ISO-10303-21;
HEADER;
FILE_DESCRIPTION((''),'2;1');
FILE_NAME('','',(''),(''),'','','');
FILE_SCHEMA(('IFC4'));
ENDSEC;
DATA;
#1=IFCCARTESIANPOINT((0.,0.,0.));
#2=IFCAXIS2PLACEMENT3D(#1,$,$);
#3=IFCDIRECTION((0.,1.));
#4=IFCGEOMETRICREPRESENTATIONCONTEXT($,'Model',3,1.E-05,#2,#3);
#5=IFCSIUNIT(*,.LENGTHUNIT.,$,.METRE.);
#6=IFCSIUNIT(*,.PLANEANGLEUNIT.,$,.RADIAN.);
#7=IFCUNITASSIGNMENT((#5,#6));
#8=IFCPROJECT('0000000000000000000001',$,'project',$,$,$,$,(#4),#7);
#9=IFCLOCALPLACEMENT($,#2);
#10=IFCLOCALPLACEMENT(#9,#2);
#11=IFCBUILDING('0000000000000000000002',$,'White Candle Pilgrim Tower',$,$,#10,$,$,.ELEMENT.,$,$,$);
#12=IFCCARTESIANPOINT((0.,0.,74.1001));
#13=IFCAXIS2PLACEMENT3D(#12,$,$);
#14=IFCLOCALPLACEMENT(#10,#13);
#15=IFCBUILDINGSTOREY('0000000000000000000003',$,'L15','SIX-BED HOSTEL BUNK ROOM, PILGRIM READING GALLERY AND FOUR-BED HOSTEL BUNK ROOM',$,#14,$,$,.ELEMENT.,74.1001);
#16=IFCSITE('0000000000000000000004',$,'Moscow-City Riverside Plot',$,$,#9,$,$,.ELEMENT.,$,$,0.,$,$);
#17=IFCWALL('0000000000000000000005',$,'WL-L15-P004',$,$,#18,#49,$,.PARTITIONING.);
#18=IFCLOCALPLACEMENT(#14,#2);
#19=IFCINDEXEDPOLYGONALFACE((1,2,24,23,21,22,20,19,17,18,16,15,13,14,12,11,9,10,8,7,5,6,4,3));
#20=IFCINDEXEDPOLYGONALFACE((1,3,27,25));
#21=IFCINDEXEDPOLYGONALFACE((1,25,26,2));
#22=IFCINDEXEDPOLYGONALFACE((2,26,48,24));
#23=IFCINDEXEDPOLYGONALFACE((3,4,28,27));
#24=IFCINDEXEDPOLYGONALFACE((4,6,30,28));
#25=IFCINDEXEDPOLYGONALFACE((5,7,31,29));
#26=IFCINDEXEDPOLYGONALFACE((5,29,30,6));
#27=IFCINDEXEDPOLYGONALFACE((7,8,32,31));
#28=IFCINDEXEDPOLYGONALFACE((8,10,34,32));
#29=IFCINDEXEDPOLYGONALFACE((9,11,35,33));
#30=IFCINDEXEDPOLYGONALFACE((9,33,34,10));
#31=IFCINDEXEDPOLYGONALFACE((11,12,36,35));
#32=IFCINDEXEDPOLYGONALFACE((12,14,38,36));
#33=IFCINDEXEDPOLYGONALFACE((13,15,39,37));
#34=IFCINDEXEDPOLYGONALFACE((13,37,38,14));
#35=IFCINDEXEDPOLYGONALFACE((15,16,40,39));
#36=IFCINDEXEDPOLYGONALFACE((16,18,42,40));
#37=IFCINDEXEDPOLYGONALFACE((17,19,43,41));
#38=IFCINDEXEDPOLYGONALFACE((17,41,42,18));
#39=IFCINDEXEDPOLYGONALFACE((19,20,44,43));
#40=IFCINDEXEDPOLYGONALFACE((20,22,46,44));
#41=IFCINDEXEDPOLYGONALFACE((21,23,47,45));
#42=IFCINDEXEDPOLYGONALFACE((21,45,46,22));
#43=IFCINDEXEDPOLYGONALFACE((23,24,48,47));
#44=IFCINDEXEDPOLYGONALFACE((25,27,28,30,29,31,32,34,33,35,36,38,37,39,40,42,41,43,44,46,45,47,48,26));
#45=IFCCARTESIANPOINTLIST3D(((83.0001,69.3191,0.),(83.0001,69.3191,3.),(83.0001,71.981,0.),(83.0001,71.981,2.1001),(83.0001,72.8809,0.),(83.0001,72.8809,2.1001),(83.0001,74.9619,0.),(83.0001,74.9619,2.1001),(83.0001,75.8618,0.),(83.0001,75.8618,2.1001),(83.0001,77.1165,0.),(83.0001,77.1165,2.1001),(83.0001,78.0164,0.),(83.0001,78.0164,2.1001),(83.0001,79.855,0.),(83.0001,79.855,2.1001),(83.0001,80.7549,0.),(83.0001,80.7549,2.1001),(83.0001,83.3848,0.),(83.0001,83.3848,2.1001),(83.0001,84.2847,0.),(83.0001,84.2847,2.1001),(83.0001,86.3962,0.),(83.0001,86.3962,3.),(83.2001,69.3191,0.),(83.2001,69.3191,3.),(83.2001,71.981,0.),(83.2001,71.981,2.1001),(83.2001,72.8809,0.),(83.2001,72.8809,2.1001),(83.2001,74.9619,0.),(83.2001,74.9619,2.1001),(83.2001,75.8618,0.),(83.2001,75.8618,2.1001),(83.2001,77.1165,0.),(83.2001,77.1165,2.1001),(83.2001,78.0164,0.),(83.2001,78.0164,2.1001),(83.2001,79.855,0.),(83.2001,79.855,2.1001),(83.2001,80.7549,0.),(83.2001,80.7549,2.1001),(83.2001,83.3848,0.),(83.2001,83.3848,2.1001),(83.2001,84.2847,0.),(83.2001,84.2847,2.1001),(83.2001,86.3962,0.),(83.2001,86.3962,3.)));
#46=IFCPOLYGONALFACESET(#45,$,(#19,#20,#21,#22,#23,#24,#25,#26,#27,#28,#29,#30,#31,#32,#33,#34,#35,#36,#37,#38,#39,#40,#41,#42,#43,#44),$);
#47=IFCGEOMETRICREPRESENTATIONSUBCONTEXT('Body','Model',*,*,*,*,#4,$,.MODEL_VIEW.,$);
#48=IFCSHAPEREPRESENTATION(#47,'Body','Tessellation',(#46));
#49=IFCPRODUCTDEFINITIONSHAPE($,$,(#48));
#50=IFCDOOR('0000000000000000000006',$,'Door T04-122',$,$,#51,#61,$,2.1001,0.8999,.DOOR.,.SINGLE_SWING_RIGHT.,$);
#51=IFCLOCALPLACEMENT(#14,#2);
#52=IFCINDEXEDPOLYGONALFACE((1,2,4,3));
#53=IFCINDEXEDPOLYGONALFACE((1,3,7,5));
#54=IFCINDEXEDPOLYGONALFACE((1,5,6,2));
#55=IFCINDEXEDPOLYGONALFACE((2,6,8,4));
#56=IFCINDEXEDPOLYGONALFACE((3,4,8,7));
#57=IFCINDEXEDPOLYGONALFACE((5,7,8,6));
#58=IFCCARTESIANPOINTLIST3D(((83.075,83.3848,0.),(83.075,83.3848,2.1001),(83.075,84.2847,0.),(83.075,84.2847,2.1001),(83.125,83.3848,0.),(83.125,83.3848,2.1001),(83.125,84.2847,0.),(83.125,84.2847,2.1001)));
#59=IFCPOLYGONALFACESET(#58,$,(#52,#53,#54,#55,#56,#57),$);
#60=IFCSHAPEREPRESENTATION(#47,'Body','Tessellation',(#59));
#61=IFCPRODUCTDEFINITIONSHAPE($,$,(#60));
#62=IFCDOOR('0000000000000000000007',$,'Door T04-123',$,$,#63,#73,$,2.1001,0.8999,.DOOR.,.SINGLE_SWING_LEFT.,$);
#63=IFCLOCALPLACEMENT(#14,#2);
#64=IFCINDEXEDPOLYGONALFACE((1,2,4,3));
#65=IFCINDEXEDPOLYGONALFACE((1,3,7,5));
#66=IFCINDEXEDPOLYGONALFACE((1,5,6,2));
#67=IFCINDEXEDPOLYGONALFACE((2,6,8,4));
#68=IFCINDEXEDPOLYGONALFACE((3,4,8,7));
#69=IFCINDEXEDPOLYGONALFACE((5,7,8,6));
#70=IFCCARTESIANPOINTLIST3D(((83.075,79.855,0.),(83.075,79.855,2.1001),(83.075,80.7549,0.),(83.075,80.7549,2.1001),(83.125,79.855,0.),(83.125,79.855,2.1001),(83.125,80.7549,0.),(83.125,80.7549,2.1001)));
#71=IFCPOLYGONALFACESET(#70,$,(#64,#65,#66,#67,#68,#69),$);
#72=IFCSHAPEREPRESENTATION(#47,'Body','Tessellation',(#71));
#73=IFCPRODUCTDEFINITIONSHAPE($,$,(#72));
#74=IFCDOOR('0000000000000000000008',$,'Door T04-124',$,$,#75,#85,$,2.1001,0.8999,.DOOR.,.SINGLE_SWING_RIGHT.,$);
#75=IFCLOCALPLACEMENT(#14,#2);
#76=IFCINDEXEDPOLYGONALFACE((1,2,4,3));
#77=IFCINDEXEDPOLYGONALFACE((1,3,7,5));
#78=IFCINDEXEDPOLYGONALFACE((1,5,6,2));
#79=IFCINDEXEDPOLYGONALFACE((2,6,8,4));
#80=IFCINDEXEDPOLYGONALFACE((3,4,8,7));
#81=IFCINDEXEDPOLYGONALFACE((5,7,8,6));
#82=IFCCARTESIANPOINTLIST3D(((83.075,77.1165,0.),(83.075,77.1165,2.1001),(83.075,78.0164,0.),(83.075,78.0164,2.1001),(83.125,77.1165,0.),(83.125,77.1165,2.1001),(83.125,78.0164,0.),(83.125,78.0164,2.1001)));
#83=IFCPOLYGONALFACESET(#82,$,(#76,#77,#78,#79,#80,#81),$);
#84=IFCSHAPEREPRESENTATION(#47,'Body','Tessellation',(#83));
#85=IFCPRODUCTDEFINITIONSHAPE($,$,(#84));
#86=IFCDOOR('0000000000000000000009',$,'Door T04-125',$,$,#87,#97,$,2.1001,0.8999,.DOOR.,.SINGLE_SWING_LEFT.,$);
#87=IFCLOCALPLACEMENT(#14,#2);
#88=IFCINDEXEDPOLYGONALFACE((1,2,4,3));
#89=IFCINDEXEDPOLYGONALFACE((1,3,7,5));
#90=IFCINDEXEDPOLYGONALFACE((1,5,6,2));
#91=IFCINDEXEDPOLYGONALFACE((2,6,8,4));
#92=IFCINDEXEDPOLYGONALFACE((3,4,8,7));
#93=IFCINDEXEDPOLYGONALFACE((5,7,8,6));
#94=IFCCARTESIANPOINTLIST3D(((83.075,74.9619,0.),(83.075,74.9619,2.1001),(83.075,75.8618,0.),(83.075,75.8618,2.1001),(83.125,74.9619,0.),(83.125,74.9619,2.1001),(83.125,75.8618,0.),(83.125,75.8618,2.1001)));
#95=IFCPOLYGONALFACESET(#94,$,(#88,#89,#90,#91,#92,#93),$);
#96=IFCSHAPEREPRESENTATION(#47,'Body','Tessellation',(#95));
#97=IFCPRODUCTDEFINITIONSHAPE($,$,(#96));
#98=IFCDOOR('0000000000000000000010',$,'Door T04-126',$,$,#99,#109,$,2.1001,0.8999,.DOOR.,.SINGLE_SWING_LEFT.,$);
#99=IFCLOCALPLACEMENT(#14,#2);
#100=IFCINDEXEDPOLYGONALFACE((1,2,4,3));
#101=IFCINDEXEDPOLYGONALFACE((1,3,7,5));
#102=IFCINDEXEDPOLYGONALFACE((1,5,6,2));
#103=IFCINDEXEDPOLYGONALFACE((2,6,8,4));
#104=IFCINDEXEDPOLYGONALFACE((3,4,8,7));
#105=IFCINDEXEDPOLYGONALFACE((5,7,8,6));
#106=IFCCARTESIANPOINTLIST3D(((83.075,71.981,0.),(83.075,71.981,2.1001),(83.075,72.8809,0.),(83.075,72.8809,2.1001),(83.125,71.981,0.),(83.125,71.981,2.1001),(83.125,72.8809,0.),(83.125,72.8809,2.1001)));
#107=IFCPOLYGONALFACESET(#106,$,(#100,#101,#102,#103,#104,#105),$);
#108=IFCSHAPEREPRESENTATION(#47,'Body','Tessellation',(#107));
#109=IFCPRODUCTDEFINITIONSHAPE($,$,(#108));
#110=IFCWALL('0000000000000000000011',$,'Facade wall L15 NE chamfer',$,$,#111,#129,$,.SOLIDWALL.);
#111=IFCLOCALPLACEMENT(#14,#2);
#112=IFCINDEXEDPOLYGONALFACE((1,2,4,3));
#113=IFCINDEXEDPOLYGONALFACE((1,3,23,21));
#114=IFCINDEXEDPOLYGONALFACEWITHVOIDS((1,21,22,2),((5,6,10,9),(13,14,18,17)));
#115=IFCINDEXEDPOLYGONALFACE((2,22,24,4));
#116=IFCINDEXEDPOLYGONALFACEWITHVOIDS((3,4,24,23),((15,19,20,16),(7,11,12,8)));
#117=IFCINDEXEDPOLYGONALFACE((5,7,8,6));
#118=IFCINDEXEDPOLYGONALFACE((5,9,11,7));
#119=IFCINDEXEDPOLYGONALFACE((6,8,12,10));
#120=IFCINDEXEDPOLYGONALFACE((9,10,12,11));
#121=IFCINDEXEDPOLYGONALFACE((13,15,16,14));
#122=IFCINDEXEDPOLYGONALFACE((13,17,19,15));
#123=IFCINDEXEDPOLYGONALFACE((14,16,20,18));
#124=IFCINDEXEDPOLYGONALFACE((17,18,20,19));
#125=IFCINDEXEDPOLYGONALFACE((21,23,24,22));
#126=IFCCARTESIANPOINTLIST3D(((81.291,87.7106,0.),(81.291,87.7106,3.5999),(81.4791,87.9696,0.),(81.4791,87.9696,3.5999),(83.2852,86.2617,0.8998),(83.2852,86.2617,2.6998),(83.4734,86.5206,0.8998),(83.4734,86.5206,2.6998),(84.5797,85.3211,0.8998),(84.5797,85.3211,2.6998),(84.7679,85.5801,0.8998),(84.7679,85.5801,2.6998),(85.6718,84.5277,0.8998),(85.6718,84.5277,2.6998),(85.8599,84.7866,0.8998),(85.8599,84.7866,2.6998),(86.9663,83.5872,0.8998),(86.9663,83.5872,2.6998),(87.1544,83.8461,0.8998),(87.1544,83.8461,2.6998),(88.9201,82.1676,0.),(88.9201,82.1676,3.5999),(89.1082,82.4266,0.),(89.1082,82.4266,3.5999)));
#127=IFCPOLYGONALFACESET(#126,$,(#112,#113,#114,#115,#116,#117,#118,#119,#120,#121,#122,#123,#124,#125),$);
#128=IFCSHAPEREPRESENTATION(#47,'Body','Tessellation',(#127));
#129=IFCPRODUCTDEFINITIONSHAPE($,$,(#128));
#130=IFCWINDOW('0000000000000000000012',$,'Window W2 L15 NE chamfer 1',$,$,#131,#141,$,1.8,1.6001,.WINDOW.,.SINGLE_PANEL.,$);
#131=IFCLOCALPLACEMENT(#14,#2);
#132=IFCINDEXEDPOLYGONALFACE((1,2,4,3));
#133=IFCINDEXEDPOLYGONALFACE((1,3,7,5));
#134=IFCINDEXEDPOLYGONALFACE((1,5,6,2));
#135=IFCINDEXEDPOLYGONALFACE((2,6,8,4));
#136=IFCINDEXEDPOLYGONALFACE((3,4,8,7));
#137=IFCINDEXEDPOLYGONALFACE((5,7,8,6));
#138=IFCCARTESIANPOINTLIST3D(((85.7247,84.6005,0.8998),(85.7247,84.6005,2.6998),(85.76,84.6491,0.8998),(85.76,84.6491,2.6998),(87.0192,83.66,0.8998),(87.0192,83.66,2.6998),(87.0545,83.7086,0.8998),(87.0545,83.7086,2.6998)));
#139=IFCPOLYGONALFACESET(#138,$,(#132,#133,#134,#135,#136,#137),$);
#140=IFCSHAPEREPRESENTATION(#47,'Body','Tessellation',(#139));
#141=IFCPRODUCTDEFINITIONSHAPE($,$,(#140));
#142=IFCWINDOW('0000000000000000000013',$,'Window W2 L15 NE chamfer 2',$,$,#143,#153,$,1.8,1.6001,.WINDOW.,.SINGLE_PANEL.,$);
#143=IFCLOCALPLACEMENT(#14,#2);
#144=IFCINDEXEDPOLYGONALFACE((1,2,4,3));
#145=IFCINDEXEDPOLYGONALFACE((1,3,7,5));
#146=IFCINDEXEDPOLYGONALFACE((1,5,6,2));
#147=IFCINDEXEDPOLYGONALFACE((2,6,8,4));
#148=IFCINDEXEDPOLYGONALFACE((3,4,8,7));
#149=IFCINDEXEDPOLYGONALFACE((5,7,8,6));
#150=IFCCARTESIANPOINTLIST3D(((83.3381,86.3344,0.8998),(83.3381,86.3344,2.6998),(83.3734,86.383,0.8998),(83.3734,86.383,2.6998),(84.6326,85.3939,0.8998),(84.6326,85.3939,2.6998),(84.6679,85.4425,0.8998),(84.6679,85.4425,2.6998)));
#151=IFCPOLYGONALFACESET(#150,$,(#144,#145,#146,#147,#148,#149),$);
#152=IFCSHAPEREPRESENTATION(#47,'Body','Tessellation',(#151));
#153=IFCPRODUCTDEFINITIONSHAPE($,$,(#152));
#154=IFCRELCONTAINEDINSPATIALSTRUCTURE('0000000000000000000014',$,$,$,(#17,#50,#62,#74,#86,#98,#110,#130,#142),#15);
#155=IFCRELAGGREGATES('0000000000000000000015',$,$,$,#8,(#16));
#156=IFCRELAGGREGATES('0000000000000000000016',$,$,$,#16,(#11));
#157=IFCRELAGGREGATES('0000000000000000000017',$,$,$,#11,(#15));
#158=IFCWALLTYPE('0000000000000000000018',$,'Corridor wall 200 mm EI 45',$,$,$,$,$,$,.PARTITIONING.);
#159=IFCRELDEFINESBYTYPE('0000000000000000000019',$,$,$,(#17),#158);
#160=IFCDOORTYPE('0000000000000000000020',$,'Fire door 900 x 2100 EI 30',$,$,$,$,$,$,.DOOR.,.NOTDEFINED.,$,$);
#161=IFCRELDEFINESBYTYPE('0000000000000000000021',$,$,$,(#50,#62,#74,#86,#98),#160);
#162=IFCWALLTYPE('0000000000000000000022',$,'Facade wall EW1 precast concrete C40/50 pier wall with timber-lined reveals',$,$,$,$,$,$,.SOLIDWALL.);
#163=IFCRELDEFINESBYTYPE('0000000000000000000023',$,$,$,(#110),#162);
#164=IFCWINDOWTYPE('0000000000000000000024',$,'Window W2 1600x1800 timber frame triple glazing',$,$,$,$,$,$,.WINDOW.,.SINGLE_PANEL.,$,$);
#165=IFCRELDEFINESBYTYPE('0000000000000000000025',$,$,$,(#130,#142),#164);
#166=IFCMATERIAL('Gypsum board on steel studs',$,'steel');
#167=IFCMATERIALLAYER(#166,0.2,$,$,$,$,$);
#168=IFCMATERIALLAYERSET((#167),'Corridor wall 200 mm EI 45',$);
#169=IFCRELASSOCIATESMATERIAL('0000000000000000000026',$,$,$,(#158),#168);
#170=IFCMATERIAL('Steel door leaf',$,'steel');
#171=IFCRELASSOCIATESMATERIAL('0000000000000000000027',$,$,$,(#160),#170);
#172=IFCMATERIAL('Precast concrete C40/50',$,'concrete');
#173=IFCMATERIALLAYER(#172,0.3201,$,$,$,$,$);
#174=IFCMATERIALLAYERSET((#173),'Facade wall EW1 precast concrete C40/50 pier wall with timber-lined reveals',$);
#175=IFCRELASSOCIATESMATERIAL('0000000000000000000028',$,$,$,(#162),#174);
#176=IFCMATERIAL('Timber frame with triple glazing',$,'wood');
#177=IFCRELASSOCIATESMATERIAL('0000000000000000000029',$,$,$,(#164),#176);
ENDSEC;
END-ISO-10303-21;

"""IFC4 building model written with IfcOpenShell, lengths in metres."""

from ifc_helpers import new_model, si_unit, direction, frame, frame_2d, origin, place, context, subcontext, project, spatial, rectangle, extrude, material, layer, layer_set, type_object, element, fill, save


model = new_model("IFC4")

# Units and contexts
model_context = context("Model", 3, precision=1e-05, world=origin(), true_north=direction((0.0, 1.0)))
body_context = subcontext(model_context, "Body", "Model", "MODEL_VIEW")
ifc_project = project(units=[si_unit("LENGTHUNIT", "METRE"), si_unit("PLANEANGLEUNIT", "RADIAN")], contexts=[model_context])

# Site, building, storey
site_placement = place(None, origin())
site = spatial("IfcSite", under=ifc_project, at=site_placement, Name="Moscow-City Riverside Plot", CompositionType="ELEMENT", RefElevation=0.0)
building_placement = place(site_placement, origin())
building = spatial("IfcBuilding", under=site, at=building_placement, Name="White Candle Pilgrim Tower", CompositionType="ELEMENT")
storey_placement = place(building_placement, frame((0.0, 0.0, 74.1001)))
storey = spatial("IfcBuildingStorey", under=building, at=storey_placement, Name="L15", Description="SIX-BED HOSTEL BUNK ROOM, PILGRIM READING GALLERY AND FOUR-BED HOSTEL BUNK ROOM", CompositionType="ELEMENT", Elevation=74.1001)

# Shared definitions
ifc_material_1 = material(Name="Steel door leaf", Category="steel")

# Wall, openings, doors
ifc_material_2 = material(Name="Gypsum board on steel studs", Category="steel")
ifc_layer_1 = layer(ifc_material_2, 0.2)
ifc_layer_set_1 = layer_set([ifc_layer_1], Name="Corridor wall 200 mm EI 45")
wall_type_1 = type_object("IfcWallType", Name="Corridor wall 200 mm EI 45", PredefinedType="PARTITIONING", material=ifc_layer_set_1)
wall_1_placement = place(storey_placement, frame((83.1001, 86.3962, 0.0), z_axis=(0.0, 0.0, 1.0), x_axis=(0.0, -1.0, 0.0)))
wall_1 = element("IfcWall", 1, at=wall_1_placement, inside=storey, type_object=wall_type_1, Name="WL-L15-P004", PredefinedType="PARTITIONING", context=body_context, shape_type="SweptSolid", body=[
    extrude(rectangle(XDim=17.0771, YDim=0.2, at=frame_2d((8.5386, 0.0))), origin(), (0.0, 0.0, 1.0), 3.0),
])
opening_1_placement = place(wall_1_placement, frame((2.1116, 0.0, 0.0)))
opening_1 = element("IfcOpeningElement", 2, at=opening_1_placement, cuts=wall_1, PredefinedType="OPENING", context=body_context, shape_type="SweptSolid", body=[
    extrude(rectangle(XDim=0.8999, YDim=2.1001, at=frame_2d((0.45, 1.05))), frame((0.0, 0.1099, 0.0), z_axis=(0.0, -1.0, 0.0), x_axis=(1.0, 0.0, 0.0)), (0.0, 0.0, 1.0), 0.22),
])
opening_2_placement = place(wall_1_placement, frame((5.6414, 0.0, 0.0)))
opening_2 = element("IfcOpeningElement", 3, at=opening_2_placement, cuts=wall_1, PredefinedType="OPENING", context=body_context, shape_type="SweptSolid", body=[
    extrude(rectangle(XDim=0.8999, YDim=2.1001, at=frame_2d((0.45, 1.05))), frame((0.0, 0.1099, 0.0), z_axis=(0.0, -1.0, 0.0), x_axis=(1.0, 0.0, 0.0)), (0.0, 0.0, 1.0), 0.22),
])
opening_3_placement = place(wall_1_placement, frame((8.3799, 0.0, 0.0)))
opening_3 = element("IfcOpeningElement", 4, at=opening_3_placement, cuts=wall_1, PredefinedType="OPENING", context=body_context, shape_type="SweptSolid", body=[
    extrude(rectangle(XDim=0.8999, YDim=2.1001, at=frame_2d((0.45, 1.05))), frame((0.0, 0.1099, 0.0), z_axis=(0.0, -1.0, 0.0), x_axis=(1.0, 0.0, 0.0)), (0.0, 0.0, 1.0), 0.22),
])
opening_4_placement = place(wall_1_placement, frame((10.5344, 0.0, 0.0)))
opening_4 = element("IfcOpeningElement", 5, at=opening_4_placement, cuts=wall_1, PredefinedType="OPENING", context=body_context, shape_type="SweptSolid", body=[
    extrude(rectangle(XDim=0.8999, YDim=2.1001, at=frame_2d((0.45, 1.05))), frame((0.0, 0.1099, 0.0), z_axis=(0.0, -1.0, 0.0), x_axis=(1.0, 0.0, 0.0)), (0.0, 0.0, 1.0), 0.22),
])
opening_5_placement = place(wall_1_placement, frame((13.5154, 0.0, 0.0)))
opening_5 = element("IfcOpeningElement", 6, at=opening_5_placement, cuts=wall_1, PredefinedType="OPENING", context=body_context, shape_type="SweptSolid", body=[
    extrude(rectangle(XDim=0.8999, YDim=2.1001, at=frame_2d((0.45, 1.05))), frame((0.0, 0.1099, 0.0), z_axis=(0.0, -1.0, 0.0), x_axis=(1.0, 0.0, 0.0)), (0.0, 0.0, 1.0), 0.22),
])
door_type_1 = type_object("IfcDoorType", Name="Fire door 900 x 2100 EI 30", OperationType="NOTDEFINED", PredefinedType="DOOR", material=ifc_material_1)
door_1_placement = place(opening_1_placement, origin())
door_1 = element("IfcDoor", 7, at=door_1_placement, inside=storey, type_object=door_type_1, Name="Door T04-122", OperationType="SINGLE_SWING_RIGHT", OverallHeight=2.1001, OverallWidth=0.8999, PredefinedType="DOOR", context=body_context, shape_type="SweptSolid", body=[
    extrude(rectangle(XDim=0.8999, YDim=2.1001, at=frame_2d((0.45, 1.05))), frame((0.0, 0.0249, 0.0), z_axis=(0.0, -1.0, 0.0), x_axis=(1.0, 0.0, 0.0)), (0.0, 0.0, 1.0), 0.05),
])
fill(opening_1, door_1)
door_2_placement = place(opening_2_placement, origin())
door_2 = element("IfcDoor", 8, at=door_2_placement, inside=storey, type_object=door_type_1, Name="Door T04-123", OperationType="SINGLE_SWING_LEFT", OverallHeight=2.1001, OverallWidth=0.8999, PredefinedType="DOOR", context=body_context, shape_type="SweptSolid", body=[
    extrude(rectangle(XDim=0.8999, YDim=2.1001, at=frame_2d((0.45, 1.05))), frame((0.0, 0.0249, 0.0), z_axis=(0.0, -1.0, 0.0), x_axis=(1.0, 0.0, 0.0)), (0.0, 0.0, 1.0), 0.05),
])
fill(opening_2, door_2)
door_3_placement = place(opening_3_placement, origin())
door_3 = element("IfcDoor", 9, at=door_3_placement, inside=storey, type_object=door_type_1, Name="Door T04-124", OperationType="SINGLE_SWING_RIGHT", OverallHeight=2.1001, OverallWidth=0.8999, PredefinedType="DOOR", context=body_context, shape_type="SweptSolid", body=[
    extrude(rectangle(XDim=0.8999, YDim=2.1001, at=frame_2d((0.45, 1.05))), frame((0.0, 0.0249, 0.0), z_axis=(0.0, -1.0, 0.0), x_axis=(1.0, 0.0, 0.0)), (0.0, 0.0, 1.0), 0.05),
])
fill(opening_3, door_3)
door_4_placement = place(opening_4_placement, origin())
door_4 = element("IfcDoor", 10, at=door_4_placement, inside=storey, type_object=door_type_1, Name="Door T04-125", OperationType="SINGLE_SWING_LEFT", OverallHeight=2.1001, OverallWidth=0.8999, PredefinedType="DOOR", context=body_context, shape_type="SweptSolid", body=[
    extrude(rectangle(XDim=0.8999, YDim=2.1001, at=frame_2d((0.45, 1.05))), frame((0.0, 0.0249, 0.0), z_axis=(0.0, -1.0, 0.0), x_axis=(1.0, 0.0, 0.0)), (0.0, 0.0, 1.0), 0.05),
])
fill(opening_4, door_4)
door_5_placement = place(opening_5_placement, origin())
door_5 = element("IfcDoor", 11, at=door_5_placement, inside=storey, type_object=door_type_1, Name="Door T04-126", OperationType="SINGLE_SWING_LEFT", OverallHeight=2.1001, OverallWidth=0.8999, PredefinedType="DOOR", context=body_context, shape_type="SweptSolid", body=[
    extrude(rectangle(XDim=0.8999, YDim=2.1001, at=frame_2d((0.45, 1.05))), frame((0.0, 0.0249, 0.0), z_axis=(0.0, -1.0, 0.0), x_axis=(1.0, 0.0, 0.0)), (0.0, 0.0, 1.0), 0.05),
])
fill(opening_5, door_5)

# Wall, openings, windows
ifc_material_3 = material(Name="Precast concrete C40/50", Category="concrete")
ifc_layer_2 = layer(ifc_material_3, 0.3201)
ifc_layer_set_2 = layer_set([ifc_layer_2], Name="Facade wall EW1 precast concrete C40/50 pier wall with timber-lined reveals")
wall_type_2 = type_object("IfcWallType", Name="Facade wall EW1 precast concrete C40/50 pier wall with timber-lined reveals", PredefinedType="SOLIDWALL", material=ifc_layer_set_2)
wall_2_placement = place(storey_placement, frame((89.0142, 82.2971, 0.0), z_axis=(0.0, 0.0, 1.0), x_axis=(-0.809014, 0.58779, 0.0)))
wall_2 = element("IfcWall", 12, at=wall_2_placement, inside=storey, type_object=wall_type_2, Name="Facade wall L15 NE chamfer", PredefinedType="SOLIDWALL", context=body_context, shape_type="SweptSolid", body=[
    extrude(rectangle(XDim=9.4302, YDim=0.3201, at=frame_2d((4.7151, 0.0))), origin(), (0.0, 0.0, 1.0), 3.5999),
])
opening_6_placement = place(wall_2_placement, frame((2.415, 0.0, 0.8999)))
opening_6 = element("IfcOpeningElement", 13, at=opening_6_placement, cuts=wall_2, PredefinedType="OPENING", context=body_context, shape_type="SweptSolid", body=[
    extrude(rectangle(XDim=1.6001, YDim=1.8, at=frame_2d((0.8, 0.8999))), frame((0.0, 0.1699, 0.0), z_axis=(0.0, -1.0, 0.0), x_axis=(1.0, 0.0, 0.0)), (0.0, 0.0, 1.0), 0.3401),
])
opening_7_placement = place(wall_2_placement, frame((5.365, 0.0, 0.8999)))
opening_7 = element("IfcOpeningElement", 14, at=opening_7_placement, cuts=wall_2, PredefinedType="OPENING", context=body_context, shape_type="SweptSolid", body=[
    extrude(rectangle(XDim=1.6001, YDim=1.8, at=frame_2d((0.8, 0.8999))), frame((0.0, 0.1699, 0.0), z_axis=(0.0, -1.0, 0.0), x_axis=(1.0, 0.0, 0.0)), (0.0, 0.0, 1.0), 0.3401),
])
ifc_material_4 = material(Name="Timber frame with triple glazing", Category="wood")
window_type = type_object("IfcWindowType", Name="Window W2 1600x1800 timber frame triple glazing", PartitioningType="SINGLE_PANEL", PredefinedType="WINDOW", material=ifc_material_4)
window_1_placement = place(opening_6_placement, origin())
window_1 = element("IfcWindow", 15, at=window_1_placement, inside=storey, type_object=window_type, Name="Window W2 L15 NE chamfer 1", OverallHeight=1.8, OverallWidth=1.6001, PartitioningType="SINGLE_PANEL", PredefinedType="WINDOW", context=body_context, shape_type="SweptSolid", body=[
    extrude(rectangle(XDim=1.6001, YDim=1.8, at=frame_2d((0.8, 0.8999))), frame((0.0, 0.0701, 0.0), z_axis=(0.0, -1.0, 0.0), x_axis=(1.0, 0.0, 0.0)), (0.0, 0.0, 1.0), 0.0601),
])
fill(opening_6, window_1)
window_2_placement = place(opening_7_placement, origin())
window_2 = element("IfcWindow", 16, at=window_2_placement, inside=storey, type_object=window_type, Name="Window W2 L15 NE chamfer 2", OverallHeight=1.8, OverallWidth=1.6001, PartitioningType="SINGLE_PANEL", PredefinedType="WINDOW", context=body_context, shape_type="SweptSolid", body=[
    extrude(rectangle(XDim=1.6001, YDim=1.8, at=frame_2d((0.8, 0.8999))), frame((0.0, 0.0701, 0.0), z_axis=(0.0, -1.0, 0.0), x_axis=(1.0, 0.0, 0.0)), (0.0, 0.0, 1.0), 0.0601),
])
fill(opening_7, window_2)

save(model, "model.ifc")
